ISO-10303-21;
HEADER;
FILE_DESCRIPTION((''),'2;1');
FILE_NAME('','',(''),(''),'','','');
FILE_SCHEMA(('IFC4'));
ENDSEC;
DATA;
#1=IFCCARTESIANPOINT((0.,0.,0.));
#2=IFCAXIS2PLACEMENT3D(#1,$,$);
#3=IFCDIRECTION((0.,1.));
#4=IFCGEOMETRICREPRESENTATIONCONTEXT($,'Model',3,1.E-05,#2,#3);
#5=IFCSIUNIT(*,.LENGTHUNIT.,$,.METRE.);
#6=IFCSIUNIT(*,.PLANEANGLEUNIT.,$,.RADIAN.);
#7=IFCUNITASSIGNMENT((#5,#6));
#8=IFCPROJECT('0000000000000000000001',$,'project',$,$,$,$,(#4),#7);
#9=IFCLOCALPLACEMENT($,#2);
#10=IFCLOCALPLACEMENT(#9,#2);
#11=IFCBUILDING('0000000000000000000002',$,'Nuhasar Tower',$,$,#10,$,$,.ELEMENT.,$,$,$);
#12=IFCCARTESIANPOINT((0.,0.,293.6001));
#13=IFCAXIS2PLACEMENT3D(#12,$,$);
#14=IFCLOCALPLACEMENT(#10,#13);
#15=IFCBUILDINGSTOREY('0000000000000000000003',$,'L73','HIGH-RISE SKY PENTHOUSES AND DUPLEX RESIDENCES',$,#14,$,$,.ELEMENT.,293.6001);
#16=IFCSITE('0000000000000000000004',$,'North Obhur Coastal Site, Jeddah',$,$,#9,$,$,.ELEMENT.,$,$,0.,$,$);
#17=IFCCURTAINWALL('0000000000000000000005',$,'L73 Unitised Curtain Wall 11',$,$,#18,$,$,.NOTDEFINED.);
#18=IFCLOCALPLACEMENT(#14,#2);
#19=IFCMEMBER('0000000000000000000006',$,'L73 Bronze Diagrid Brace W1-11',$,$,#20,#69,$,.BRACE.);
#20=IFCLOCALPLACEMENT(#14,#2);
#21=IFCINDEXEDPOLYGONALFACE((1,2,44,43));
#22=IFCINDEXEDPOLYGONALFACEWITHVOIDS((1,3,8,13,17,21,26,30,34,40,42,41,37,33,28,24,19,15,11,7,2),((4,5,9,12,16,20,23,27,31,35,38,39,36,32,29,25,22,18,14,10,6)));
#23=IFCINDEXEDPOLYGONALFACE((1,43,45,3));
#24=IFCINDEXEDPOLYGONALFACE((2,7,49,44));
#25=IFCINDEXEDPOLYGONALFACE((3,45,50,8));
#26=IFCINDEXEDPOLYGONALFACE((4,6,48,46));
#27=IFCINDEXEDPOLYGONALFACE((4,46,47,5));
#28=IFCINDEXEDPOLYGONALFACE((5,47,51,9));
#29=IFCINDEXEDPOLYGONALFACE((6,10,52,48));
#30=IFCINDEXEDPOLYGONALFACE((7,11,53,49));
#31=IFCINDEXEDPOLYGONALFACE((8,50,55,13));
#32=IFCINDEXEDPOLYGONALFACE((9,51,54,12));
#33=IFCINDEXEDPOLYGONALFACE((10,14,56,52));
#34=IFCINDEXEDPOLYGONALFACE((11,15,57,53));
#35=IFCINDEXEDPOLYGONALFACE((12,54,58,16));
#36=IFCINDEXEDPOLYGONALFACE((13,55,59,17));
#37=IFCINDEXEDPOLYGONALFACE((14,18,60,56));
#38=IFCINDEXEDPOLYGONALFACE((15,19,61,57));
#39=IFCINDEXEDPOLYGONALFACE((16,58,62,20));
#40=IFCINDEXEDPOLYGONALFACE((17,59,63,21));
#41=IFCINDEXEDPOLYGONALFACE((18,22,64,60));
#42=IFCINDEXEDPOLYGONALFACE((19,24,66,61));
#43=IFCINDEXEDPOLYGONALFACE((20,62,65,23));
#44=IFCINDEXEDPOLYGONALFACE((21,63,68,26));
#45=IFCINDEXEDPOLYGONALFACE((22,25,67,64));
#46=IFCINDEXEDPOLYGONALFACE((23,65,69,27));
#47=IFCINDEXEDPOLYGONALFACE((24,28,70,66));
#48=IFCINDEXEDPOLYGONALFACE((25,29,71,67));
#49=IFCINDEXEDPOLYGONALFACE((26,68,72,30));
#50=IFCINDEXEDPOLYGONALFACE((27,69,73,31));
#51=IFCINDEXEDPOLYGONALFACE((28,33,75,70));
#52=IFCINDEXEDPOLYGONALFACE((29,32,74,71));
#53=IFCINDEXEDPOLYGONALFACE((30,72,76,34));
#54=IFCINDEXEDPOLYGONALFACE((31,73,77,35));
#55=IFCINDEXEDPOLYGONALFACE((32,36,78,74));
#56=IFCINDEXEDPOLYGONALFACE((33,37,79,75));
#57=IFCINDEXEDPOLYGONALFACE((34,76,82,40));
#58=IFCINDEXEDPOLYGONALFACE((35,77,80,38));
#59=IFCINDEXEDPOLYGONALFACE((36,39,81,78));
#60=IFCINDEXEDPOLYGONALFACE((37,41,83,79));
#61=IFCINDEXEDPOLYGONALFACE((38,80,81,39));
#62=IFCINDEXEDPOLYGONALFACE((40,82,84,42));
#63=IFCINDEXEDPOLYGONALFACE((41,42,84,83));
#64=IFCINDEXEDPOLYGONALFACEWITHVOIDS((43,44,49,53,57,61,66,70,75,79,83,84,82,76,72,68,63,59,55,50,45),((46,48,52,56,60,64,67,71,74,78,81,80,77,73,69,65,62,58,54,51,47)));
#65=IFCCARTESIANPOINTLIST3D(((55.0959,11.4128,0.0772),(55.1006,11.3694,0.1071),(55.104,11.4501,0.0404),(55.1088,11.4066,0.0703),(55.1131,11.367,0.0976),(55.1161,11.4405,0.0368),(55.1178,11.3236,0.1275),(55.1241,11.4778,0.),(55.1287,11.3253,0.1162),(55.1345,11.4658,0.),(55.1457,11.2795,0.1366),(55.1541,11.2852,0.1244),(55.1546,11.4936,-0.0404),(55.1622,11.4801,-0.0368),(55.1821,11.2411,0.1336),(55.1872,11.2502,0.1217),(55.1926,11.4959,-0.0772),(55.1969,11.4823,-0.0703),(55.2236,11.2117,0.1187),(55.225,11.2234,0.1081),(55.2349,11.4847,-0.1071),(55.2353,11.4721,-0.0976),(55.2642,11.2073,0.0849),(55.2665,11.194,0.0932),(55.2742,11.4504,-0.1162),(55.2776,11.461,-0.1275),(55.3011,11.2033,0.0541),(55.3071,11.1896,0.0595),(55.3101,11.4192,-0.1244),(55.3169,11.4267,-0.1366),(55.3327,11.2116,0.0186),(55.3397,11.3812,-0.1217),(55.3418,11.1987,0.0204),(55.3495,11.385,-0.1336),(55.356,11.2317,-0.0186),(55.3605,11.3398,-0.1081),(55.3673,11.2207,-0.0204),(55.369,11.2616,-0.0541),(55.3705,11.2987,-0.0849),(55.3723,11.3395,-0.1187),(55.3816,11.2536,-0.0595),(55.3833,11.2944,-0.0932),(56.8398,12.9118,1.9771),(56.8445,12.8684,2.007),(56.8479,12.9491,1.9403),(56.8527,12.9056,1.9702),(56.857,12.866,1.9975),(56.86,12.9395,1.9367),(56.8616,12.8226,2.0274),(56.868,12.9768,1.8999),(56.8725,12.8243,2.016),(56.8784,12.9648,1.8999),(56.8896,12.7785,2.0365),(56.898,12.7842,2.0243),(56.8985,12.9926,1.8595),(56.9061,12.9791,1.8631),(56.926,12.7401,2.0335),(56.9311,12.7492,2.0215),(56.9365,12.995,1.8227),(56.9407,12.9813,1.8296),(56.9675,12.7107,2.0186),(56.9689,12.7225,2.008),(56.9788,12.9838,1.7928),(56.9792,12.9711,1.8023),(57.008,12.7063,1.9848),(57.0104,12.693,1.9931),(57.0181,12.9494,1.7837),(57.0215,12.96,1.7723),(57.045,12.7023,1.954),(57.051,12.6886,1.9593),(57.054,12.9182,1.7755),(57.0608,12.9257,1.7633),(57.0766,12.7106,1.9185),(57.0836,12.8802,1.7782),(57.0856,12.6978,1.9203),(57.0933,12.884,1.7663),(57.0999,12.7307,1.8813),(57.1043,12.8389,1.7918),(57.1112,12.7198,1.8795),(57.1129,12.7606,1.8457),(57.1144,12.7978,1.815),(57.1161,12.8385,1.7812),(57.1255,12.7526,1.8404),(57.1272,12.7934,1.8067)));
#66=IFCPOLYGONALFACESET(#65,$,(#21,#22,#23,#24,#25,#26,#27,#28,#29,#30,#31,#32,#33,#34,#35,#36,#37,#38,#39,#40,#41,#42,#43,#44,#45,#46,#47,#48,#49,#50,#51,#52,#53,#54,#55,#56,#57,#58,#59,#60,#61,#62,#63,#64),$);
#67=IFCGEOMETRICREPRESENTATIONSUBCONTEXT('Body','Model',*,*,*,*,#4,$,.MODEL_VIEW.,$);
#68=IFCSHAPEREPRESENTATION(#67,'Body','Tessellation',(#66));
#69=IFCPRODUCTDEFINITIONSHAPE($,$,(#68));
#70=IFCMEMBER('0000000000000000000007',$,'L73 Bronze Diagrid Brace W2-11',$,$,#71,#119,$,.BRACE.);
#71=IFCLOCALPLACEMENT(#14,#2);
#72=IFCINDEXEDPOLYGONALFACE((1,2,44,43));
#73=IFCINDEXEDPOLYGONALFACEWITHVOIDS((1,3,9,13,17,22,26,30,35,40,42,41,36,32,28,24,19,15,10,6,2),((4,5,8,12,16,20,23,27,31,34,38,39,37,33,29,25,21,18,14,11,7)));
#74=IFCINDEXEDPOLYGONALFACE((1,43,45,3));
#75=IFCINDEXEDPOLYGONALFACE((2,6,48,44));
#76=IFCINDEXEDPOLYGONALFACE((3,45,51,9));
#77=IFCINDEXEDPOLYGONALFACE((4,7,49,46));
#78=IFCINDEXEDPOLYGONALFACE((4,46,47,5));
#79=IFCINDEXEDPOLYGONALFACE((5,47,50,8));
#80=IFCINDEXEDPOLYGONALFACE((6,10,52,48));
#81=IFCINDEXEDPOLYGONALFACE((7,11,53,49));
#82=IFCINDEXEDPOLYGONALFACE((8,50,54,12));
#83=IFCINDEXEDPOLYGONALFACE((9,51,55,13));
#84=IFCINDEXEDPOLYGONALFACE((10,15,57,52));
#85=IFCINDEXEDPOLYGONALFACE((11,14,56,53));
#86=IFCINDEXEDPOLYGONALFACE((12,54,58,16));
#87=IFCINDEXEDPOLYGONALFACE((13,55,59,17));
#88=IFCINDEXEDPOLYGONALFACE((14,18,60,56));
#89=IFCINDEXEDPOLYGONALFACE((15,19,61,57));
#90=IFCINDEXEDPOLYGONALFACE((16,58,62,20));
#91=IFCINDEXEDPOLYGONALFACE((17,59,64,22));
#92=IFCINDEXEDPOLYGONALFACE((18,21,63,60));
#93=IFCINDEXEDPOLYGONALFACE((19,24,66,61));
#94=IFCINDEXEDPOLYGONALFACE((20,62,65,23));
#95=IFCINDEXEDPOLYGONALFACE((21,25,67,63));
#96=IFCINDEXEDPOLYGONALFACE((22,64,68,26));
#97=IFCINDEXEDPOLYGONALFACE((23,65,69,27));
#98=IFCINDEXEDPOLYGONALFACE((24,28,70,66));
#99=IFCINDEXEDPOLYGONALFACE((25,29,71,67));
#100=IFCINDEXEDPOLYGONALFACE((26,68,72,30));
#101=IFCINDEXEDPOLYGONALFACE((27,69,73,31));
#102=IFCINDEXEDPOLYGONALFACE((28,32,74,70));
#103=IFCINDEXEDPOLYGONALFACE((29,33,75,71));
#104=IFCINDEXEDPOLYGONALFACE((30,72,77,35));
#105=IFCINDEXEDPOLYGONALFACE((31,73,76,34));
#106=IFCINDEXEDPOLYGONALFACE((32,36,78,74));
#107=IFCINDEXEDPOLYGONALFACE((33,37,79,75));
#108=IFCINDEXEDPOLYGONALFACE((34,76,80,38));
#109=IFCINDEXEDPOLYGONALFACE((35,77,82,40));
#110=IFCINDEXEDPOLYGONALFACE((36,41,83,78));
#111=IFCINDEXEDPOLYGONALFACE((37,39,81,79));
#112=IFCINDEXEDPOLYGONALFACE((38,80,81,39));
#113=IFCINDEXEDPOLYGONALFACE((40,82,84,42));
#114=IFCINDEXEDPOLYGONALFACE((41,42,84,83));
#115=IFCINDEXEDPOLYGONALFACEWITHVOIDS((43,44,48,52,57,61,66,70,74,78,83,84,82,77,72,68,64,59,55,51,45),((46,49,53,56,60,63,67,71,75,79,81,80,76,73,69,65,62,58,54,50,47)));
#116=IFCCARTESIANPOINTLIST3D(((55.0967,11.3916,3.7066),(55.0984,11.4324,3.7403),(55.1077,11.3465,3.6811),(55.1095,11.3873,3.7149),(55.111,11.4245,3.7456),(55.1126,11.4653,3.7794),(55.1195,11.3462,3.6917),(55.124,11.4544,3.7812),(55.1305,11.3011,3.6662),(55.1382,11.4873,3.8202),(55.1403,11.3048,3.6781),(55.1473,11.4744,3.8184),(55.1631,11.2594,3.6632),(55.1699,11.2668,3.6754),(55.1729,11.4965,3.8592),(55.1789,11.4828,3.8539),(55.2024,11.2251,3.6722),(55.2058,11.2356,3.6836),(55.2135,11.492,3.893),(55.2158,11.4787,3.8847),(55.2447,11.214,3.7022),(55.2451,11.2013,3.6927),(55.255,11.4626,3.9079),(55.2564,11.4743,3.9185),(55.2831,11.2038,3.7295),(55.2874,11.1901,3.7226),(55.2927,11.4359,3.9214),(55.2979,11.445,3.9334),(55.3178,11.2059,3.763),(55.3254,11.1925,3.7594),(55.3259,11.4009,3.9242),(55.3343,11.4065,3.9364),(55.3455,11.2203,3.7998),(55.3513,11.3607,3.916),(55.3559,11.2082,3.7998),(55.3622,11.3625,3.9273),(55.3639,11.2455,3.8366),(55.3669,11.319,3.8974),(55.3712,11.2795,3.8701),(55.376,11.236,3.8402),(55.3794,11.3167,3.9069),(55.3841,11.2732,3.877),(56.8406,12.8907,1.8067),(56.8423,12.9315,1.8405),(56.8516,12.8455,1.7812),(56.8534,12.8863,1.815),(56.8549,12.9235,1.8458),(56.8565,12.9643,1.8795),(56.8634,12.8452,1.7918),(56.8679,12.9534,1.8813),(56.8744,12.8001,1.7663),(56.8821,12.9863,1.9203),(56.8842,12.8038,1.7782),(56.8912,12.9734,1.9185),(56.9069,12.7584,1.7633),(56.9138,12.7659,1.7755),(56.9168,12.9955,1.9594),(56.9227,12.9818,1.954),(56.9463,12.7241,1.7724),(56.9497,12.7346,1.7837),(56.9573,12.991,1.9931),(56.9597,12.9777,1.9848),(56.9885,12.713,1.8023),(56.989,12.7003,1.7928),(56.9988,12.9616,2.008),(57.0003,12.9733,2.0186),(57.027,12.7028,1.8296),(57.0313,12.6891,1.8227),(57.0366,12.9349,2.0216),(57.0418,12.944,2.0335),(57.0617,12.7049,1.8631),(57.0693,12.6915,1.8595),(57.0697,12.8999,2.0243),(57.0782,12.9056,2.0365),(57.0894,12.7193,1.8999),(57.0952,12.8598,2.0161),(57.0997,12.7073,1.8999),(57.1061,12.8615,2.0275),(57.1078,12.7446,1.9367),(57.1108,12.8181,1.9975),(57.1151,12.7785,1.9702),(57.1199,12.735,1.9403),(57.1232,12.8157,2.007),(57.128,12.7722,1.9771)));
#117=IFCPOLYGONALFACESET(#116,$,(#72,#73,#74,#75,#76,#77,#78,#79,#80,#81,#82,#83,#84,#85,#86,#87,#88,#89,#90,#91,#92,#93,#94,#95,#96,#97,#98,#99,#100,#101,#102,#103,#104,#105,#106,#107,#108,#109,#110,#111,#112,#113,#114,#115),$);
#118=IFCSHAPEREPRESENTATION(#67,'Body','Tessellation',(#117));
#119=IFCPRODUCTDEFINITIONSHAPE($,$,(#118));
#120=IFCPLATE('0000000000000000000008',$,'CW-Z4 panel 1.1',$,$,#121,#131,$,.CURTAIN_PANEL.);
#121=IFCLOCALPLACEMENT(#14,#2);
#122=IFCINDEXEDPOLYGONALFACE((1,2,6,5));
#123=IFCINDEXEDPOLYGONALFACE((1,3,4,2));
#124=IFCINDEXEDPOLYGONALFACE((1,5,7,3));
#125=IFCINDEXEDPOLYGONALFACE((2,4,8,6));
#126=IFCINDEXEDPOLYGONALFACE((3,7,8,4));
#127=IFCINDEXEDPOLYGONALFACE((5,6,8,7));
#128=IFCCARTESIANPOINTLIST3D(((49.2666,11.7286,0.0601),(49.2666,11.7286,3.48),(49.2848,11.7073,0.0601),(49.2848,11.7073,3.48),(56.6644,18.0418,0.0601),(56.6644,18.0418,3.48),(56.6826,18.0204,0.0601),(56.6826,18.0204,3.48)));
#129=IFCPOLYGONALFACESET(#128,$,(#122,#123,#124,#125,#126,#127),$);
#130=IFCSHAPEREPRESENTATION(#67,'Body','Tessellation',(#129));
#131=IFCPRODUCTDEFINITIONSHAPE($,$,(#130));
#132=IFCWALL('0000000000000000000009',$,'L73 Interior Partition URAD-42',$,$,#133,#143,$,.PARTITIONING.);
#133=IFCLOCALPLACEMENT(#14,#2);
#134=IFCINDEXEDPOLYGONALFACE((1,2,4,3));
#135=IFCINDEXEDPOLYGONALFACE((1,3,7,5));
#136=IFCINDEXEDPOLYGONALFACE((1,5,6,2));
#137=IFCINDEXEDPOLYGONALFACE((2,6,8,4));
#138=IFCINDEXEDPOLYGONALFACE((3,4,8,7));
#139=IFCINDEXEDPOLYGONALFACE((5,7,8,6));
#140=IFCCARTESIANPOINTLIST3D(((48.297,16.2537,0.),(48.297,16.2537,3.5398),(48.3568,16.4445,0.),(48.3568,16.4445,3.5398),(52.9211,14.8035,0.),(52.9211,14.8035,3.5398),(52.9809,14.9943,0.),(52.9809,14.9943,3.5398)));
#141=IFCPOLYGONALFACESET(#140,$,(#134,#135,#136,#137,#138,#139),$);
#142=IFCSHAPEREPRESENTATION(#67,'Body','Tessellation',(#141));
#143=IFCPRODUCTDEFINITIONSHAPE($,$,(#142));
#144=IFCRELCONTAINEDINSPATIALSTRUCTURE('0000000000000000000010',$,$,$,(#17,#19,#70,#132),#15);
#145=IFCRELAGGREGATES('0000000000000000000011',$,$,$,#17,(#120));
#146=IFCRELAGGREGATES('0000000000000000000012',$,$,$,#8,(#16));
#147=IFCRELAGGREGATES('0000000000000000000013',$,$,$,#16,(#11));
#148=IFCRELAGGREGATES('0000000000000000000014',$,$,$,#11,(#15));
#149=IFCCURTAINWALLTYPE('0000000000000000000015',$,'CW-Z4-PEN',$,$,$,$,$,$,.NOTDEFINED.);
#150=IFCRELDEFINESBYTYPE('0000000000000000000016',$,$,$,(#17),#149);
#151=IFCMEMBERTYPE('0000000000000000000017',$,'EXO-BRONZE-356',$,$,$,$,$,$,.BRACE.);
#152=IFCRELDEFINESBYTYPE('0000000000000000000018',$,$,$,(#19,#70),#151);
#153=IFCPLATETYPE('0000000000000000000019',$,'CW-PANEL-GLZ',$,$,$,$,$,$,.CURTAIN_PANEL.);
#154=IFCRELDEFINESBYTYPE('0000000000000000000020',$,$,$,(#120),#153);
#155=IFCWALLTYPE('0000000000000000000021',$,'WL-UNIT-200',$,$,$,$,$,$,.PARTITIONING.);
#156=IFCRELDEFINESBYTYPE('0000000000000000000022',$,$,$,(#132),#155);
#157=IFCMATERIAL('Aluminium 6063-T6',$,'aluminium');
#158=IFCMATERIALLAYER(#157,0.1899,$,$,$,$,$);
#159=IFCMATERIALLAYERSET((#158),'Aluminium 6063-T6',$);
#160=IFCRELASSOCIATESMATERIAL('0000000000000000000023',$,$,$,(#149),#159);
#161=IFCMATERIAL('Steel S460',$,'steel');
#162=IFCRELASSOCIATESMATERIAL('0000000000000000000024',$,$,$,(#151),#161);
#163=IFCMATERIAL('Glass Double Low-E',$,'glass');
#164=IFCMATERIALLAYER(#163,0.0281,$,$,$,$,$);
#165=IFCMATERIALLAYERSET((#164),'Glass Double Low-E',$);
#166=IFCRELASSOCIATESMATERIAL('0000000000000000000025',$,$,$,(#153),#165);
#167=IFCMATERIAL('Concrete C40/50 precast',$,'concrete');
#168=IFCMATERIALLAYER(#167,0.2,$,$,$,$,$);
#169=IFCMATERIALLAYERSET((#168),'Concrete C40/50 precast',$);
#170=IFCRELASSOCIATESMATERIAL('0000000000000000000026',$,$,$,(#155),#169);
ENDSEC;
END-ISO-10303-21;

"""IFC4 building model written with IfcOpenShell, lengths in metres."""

from ifc_helpers import new_model, si_unit, direction, frame, frame_2d, origin, origin_2d, place, context, subcontext, project, spatial, rectangle, hollow_circle, extrude, material, layer, layer_set, material_profile, profile_set, type_object, element, aggregate, save


model = new_model("IFC4")

# Units and contexts
model_context = context("Model", 3, precision=1e-05, world=origin(), true_north=direction((0.0, 1.0)))
body_context = subcontext(model_context, "Body", "Model", "MODEL_VIEW")
ifc_project = project(units=[si_unit("LENGTHUNIT", "METRE"), si_unit("PLANEANGLEUNIT", "RADIAN")], contexts=[model_context])

# Site, building, storey
site_placement = place(None, origin())
site = spatial("IfcSite", under=ifc_project, at=site_placement, Name="North Obhur Coastal Site, Jeddah", CompositionType="ELEMENT", RefElevation=0.0)
building_placement = place(site_placement, origin())
building = spatial("IfcBuilding", under=site, at=building_placement, Name="Nuhasar Tower", CompositionType="ELEMENT")
storey_placement = place(building_placement, frame((0.0, 0.0, 293.6001)))
storey = spatial("IfcBuildingStorey", under=building, at=storey_placement, Name="L73", Description="HIGH-RISE SKY PENTHOUSES AND DUPLEX RESIDENCES", CompositionType="ELEMENT", Elevation=293.6001)

# Shared definitions
ifc_material_1 = material(Name="Aluminium 6063-T6", Category="aluminium")
ifc_layer_1 = layer(ifc_material_1, 0.1899)
ifc_layer_set_1 = layer_set([ifc_layer_1], Name="Aluminium 6063-T6")
curtain_wall_type = type_object("IfcCurtainWallType", Name="CW-Z4-PEN", PredefinedType="NOTDEFINED", material=ifc_layer_set_1)

# Curtain wall
curtain_wall_1_placement = place(storey_placement, origin())
curtain_wall_1 = element("IfcCurtainWall", 1, at=curtain_wall_1_placement, inside=storey, type_object=curtain_wall_type, Name="L73 Unitised Curtain Wall 11", PredefinedType="NOTDEFINED")

# Members
ifc_material_2 = material(Name="Steel S460", Category="steel")
ifc_material_profile_1 = material_profile(ifc_material_2, hollow_circle(Radius=0.1777, WallThickness=0.0159, at=origin_2d()), Name="HSS355.6X15.9")
ifc_profile_set_1 = profile_set([ifc_material_profile_1], Name="Steel S460")
member_type_1 = type_object("IfcMemberType", Name="EXO-BRONZE-356", PredefinedType="BRACE", material=ifc_profile_set_1)
for number, where, z_axis, x_axis, name in (
    (2, (55.24, 11.343, 0.0), (0.584625, 0.502534, 0.636925), (-0.651857, 0.758342, 0.0), "L73 Bronze Diagrid Brace W1-11"),
    (3, (56.9839, 12.842, 1.8999), (-0.584625, -0.502534, 0.636925), (0.651857, -0.758342, 0.0), "L73 Bronze Diagrid Brace W2-11"),
):
    element("IfcMember", number, at=place(storey_placement, frame(where, z_axis=z_axis, x_axis=x_axis)), inside=storey, type_object=member_type_1, Name=name, PredefinedType="BRACE", context=body_context, shape_type="SweptSolid", body=[
        extrude(hollow_circle(Radius=0.1777, WallThickness=0.0159, at=origin_2d()), origin(), (0.0, 0.0, 1.0), 2.9829),
    ])

# Plate
ifc_material_3 = material(Name="Glass Double Low-E", Category="glass")
ifc_layer_2 = layer(ifc_material_3, 0.0281)
ifc_layer_set_2 = layer_set([ifc_layer_2], Name="Glass Double Low-E")
plate_type = type_object("IfcPlateType", Name="CW-PANEL-GLZ", PredefinedType="CURTAIN_PANEL", material=ifc_layer_set_2)
plate_placement = place(storey_placement, frame((52.9746, 14.8745, 0.0601), z_axis=(0.0, 0.0, 1.0), x_axis=(0.760667, 0.649142, 0.0)))
plate = element("IfcPlate", 4, at=plate_placement, type_object=plate_type, Name="CW-Z4 panel 1.1", PredefinedType="CURTAIN_PANEL", context=body_context, shape_type="SweptSolid", body=[
    extrude(rectangle(XDim=9.7253, YDim=0.0281, at=origin_2d()), origin(), (0.0, 0.0, 1.0), 3.4199),
])
aggregate(curtain_wall_1, [plate])

# Wall
ifc_material_4 = material(Name="Concrete C40/50 precast", Category="concrete")
ifc_layer_3 = layer(ifc_material_4, 0.2)
ifc_layer_set_3 = layer_set([ifc_layer_3], Name="Concrete C40/50 precast")
wall_type = type_object("IfcWallType", Name="WL-UNIT-200", PredefinedType="PARTITIONING", material=ifc_layer_set_3)
wall_placement = place(storey_placement, frame((48.3269, 16.3491, 0.0), z_axis=(0.0, 0.0, 1.0), x_axis=(0.954175, -0.29925, 0.0)))
element("IfcWall", 5, at=wall_placement, inside=storey, type_object=wall_type, Name="L73 Interior Partition URAD-42", PredefinedType="PARTITIONING", context=body_context, shape_type="SweptSolid", body=[
    extrude(rectangle(XDim=4.8462, YDim=0.2, at=frame_2d((2.4231, 0.0))), origin(), (0.0, 0.0, 1.0), 3.5398),
])

save(model, "model.ifc")
